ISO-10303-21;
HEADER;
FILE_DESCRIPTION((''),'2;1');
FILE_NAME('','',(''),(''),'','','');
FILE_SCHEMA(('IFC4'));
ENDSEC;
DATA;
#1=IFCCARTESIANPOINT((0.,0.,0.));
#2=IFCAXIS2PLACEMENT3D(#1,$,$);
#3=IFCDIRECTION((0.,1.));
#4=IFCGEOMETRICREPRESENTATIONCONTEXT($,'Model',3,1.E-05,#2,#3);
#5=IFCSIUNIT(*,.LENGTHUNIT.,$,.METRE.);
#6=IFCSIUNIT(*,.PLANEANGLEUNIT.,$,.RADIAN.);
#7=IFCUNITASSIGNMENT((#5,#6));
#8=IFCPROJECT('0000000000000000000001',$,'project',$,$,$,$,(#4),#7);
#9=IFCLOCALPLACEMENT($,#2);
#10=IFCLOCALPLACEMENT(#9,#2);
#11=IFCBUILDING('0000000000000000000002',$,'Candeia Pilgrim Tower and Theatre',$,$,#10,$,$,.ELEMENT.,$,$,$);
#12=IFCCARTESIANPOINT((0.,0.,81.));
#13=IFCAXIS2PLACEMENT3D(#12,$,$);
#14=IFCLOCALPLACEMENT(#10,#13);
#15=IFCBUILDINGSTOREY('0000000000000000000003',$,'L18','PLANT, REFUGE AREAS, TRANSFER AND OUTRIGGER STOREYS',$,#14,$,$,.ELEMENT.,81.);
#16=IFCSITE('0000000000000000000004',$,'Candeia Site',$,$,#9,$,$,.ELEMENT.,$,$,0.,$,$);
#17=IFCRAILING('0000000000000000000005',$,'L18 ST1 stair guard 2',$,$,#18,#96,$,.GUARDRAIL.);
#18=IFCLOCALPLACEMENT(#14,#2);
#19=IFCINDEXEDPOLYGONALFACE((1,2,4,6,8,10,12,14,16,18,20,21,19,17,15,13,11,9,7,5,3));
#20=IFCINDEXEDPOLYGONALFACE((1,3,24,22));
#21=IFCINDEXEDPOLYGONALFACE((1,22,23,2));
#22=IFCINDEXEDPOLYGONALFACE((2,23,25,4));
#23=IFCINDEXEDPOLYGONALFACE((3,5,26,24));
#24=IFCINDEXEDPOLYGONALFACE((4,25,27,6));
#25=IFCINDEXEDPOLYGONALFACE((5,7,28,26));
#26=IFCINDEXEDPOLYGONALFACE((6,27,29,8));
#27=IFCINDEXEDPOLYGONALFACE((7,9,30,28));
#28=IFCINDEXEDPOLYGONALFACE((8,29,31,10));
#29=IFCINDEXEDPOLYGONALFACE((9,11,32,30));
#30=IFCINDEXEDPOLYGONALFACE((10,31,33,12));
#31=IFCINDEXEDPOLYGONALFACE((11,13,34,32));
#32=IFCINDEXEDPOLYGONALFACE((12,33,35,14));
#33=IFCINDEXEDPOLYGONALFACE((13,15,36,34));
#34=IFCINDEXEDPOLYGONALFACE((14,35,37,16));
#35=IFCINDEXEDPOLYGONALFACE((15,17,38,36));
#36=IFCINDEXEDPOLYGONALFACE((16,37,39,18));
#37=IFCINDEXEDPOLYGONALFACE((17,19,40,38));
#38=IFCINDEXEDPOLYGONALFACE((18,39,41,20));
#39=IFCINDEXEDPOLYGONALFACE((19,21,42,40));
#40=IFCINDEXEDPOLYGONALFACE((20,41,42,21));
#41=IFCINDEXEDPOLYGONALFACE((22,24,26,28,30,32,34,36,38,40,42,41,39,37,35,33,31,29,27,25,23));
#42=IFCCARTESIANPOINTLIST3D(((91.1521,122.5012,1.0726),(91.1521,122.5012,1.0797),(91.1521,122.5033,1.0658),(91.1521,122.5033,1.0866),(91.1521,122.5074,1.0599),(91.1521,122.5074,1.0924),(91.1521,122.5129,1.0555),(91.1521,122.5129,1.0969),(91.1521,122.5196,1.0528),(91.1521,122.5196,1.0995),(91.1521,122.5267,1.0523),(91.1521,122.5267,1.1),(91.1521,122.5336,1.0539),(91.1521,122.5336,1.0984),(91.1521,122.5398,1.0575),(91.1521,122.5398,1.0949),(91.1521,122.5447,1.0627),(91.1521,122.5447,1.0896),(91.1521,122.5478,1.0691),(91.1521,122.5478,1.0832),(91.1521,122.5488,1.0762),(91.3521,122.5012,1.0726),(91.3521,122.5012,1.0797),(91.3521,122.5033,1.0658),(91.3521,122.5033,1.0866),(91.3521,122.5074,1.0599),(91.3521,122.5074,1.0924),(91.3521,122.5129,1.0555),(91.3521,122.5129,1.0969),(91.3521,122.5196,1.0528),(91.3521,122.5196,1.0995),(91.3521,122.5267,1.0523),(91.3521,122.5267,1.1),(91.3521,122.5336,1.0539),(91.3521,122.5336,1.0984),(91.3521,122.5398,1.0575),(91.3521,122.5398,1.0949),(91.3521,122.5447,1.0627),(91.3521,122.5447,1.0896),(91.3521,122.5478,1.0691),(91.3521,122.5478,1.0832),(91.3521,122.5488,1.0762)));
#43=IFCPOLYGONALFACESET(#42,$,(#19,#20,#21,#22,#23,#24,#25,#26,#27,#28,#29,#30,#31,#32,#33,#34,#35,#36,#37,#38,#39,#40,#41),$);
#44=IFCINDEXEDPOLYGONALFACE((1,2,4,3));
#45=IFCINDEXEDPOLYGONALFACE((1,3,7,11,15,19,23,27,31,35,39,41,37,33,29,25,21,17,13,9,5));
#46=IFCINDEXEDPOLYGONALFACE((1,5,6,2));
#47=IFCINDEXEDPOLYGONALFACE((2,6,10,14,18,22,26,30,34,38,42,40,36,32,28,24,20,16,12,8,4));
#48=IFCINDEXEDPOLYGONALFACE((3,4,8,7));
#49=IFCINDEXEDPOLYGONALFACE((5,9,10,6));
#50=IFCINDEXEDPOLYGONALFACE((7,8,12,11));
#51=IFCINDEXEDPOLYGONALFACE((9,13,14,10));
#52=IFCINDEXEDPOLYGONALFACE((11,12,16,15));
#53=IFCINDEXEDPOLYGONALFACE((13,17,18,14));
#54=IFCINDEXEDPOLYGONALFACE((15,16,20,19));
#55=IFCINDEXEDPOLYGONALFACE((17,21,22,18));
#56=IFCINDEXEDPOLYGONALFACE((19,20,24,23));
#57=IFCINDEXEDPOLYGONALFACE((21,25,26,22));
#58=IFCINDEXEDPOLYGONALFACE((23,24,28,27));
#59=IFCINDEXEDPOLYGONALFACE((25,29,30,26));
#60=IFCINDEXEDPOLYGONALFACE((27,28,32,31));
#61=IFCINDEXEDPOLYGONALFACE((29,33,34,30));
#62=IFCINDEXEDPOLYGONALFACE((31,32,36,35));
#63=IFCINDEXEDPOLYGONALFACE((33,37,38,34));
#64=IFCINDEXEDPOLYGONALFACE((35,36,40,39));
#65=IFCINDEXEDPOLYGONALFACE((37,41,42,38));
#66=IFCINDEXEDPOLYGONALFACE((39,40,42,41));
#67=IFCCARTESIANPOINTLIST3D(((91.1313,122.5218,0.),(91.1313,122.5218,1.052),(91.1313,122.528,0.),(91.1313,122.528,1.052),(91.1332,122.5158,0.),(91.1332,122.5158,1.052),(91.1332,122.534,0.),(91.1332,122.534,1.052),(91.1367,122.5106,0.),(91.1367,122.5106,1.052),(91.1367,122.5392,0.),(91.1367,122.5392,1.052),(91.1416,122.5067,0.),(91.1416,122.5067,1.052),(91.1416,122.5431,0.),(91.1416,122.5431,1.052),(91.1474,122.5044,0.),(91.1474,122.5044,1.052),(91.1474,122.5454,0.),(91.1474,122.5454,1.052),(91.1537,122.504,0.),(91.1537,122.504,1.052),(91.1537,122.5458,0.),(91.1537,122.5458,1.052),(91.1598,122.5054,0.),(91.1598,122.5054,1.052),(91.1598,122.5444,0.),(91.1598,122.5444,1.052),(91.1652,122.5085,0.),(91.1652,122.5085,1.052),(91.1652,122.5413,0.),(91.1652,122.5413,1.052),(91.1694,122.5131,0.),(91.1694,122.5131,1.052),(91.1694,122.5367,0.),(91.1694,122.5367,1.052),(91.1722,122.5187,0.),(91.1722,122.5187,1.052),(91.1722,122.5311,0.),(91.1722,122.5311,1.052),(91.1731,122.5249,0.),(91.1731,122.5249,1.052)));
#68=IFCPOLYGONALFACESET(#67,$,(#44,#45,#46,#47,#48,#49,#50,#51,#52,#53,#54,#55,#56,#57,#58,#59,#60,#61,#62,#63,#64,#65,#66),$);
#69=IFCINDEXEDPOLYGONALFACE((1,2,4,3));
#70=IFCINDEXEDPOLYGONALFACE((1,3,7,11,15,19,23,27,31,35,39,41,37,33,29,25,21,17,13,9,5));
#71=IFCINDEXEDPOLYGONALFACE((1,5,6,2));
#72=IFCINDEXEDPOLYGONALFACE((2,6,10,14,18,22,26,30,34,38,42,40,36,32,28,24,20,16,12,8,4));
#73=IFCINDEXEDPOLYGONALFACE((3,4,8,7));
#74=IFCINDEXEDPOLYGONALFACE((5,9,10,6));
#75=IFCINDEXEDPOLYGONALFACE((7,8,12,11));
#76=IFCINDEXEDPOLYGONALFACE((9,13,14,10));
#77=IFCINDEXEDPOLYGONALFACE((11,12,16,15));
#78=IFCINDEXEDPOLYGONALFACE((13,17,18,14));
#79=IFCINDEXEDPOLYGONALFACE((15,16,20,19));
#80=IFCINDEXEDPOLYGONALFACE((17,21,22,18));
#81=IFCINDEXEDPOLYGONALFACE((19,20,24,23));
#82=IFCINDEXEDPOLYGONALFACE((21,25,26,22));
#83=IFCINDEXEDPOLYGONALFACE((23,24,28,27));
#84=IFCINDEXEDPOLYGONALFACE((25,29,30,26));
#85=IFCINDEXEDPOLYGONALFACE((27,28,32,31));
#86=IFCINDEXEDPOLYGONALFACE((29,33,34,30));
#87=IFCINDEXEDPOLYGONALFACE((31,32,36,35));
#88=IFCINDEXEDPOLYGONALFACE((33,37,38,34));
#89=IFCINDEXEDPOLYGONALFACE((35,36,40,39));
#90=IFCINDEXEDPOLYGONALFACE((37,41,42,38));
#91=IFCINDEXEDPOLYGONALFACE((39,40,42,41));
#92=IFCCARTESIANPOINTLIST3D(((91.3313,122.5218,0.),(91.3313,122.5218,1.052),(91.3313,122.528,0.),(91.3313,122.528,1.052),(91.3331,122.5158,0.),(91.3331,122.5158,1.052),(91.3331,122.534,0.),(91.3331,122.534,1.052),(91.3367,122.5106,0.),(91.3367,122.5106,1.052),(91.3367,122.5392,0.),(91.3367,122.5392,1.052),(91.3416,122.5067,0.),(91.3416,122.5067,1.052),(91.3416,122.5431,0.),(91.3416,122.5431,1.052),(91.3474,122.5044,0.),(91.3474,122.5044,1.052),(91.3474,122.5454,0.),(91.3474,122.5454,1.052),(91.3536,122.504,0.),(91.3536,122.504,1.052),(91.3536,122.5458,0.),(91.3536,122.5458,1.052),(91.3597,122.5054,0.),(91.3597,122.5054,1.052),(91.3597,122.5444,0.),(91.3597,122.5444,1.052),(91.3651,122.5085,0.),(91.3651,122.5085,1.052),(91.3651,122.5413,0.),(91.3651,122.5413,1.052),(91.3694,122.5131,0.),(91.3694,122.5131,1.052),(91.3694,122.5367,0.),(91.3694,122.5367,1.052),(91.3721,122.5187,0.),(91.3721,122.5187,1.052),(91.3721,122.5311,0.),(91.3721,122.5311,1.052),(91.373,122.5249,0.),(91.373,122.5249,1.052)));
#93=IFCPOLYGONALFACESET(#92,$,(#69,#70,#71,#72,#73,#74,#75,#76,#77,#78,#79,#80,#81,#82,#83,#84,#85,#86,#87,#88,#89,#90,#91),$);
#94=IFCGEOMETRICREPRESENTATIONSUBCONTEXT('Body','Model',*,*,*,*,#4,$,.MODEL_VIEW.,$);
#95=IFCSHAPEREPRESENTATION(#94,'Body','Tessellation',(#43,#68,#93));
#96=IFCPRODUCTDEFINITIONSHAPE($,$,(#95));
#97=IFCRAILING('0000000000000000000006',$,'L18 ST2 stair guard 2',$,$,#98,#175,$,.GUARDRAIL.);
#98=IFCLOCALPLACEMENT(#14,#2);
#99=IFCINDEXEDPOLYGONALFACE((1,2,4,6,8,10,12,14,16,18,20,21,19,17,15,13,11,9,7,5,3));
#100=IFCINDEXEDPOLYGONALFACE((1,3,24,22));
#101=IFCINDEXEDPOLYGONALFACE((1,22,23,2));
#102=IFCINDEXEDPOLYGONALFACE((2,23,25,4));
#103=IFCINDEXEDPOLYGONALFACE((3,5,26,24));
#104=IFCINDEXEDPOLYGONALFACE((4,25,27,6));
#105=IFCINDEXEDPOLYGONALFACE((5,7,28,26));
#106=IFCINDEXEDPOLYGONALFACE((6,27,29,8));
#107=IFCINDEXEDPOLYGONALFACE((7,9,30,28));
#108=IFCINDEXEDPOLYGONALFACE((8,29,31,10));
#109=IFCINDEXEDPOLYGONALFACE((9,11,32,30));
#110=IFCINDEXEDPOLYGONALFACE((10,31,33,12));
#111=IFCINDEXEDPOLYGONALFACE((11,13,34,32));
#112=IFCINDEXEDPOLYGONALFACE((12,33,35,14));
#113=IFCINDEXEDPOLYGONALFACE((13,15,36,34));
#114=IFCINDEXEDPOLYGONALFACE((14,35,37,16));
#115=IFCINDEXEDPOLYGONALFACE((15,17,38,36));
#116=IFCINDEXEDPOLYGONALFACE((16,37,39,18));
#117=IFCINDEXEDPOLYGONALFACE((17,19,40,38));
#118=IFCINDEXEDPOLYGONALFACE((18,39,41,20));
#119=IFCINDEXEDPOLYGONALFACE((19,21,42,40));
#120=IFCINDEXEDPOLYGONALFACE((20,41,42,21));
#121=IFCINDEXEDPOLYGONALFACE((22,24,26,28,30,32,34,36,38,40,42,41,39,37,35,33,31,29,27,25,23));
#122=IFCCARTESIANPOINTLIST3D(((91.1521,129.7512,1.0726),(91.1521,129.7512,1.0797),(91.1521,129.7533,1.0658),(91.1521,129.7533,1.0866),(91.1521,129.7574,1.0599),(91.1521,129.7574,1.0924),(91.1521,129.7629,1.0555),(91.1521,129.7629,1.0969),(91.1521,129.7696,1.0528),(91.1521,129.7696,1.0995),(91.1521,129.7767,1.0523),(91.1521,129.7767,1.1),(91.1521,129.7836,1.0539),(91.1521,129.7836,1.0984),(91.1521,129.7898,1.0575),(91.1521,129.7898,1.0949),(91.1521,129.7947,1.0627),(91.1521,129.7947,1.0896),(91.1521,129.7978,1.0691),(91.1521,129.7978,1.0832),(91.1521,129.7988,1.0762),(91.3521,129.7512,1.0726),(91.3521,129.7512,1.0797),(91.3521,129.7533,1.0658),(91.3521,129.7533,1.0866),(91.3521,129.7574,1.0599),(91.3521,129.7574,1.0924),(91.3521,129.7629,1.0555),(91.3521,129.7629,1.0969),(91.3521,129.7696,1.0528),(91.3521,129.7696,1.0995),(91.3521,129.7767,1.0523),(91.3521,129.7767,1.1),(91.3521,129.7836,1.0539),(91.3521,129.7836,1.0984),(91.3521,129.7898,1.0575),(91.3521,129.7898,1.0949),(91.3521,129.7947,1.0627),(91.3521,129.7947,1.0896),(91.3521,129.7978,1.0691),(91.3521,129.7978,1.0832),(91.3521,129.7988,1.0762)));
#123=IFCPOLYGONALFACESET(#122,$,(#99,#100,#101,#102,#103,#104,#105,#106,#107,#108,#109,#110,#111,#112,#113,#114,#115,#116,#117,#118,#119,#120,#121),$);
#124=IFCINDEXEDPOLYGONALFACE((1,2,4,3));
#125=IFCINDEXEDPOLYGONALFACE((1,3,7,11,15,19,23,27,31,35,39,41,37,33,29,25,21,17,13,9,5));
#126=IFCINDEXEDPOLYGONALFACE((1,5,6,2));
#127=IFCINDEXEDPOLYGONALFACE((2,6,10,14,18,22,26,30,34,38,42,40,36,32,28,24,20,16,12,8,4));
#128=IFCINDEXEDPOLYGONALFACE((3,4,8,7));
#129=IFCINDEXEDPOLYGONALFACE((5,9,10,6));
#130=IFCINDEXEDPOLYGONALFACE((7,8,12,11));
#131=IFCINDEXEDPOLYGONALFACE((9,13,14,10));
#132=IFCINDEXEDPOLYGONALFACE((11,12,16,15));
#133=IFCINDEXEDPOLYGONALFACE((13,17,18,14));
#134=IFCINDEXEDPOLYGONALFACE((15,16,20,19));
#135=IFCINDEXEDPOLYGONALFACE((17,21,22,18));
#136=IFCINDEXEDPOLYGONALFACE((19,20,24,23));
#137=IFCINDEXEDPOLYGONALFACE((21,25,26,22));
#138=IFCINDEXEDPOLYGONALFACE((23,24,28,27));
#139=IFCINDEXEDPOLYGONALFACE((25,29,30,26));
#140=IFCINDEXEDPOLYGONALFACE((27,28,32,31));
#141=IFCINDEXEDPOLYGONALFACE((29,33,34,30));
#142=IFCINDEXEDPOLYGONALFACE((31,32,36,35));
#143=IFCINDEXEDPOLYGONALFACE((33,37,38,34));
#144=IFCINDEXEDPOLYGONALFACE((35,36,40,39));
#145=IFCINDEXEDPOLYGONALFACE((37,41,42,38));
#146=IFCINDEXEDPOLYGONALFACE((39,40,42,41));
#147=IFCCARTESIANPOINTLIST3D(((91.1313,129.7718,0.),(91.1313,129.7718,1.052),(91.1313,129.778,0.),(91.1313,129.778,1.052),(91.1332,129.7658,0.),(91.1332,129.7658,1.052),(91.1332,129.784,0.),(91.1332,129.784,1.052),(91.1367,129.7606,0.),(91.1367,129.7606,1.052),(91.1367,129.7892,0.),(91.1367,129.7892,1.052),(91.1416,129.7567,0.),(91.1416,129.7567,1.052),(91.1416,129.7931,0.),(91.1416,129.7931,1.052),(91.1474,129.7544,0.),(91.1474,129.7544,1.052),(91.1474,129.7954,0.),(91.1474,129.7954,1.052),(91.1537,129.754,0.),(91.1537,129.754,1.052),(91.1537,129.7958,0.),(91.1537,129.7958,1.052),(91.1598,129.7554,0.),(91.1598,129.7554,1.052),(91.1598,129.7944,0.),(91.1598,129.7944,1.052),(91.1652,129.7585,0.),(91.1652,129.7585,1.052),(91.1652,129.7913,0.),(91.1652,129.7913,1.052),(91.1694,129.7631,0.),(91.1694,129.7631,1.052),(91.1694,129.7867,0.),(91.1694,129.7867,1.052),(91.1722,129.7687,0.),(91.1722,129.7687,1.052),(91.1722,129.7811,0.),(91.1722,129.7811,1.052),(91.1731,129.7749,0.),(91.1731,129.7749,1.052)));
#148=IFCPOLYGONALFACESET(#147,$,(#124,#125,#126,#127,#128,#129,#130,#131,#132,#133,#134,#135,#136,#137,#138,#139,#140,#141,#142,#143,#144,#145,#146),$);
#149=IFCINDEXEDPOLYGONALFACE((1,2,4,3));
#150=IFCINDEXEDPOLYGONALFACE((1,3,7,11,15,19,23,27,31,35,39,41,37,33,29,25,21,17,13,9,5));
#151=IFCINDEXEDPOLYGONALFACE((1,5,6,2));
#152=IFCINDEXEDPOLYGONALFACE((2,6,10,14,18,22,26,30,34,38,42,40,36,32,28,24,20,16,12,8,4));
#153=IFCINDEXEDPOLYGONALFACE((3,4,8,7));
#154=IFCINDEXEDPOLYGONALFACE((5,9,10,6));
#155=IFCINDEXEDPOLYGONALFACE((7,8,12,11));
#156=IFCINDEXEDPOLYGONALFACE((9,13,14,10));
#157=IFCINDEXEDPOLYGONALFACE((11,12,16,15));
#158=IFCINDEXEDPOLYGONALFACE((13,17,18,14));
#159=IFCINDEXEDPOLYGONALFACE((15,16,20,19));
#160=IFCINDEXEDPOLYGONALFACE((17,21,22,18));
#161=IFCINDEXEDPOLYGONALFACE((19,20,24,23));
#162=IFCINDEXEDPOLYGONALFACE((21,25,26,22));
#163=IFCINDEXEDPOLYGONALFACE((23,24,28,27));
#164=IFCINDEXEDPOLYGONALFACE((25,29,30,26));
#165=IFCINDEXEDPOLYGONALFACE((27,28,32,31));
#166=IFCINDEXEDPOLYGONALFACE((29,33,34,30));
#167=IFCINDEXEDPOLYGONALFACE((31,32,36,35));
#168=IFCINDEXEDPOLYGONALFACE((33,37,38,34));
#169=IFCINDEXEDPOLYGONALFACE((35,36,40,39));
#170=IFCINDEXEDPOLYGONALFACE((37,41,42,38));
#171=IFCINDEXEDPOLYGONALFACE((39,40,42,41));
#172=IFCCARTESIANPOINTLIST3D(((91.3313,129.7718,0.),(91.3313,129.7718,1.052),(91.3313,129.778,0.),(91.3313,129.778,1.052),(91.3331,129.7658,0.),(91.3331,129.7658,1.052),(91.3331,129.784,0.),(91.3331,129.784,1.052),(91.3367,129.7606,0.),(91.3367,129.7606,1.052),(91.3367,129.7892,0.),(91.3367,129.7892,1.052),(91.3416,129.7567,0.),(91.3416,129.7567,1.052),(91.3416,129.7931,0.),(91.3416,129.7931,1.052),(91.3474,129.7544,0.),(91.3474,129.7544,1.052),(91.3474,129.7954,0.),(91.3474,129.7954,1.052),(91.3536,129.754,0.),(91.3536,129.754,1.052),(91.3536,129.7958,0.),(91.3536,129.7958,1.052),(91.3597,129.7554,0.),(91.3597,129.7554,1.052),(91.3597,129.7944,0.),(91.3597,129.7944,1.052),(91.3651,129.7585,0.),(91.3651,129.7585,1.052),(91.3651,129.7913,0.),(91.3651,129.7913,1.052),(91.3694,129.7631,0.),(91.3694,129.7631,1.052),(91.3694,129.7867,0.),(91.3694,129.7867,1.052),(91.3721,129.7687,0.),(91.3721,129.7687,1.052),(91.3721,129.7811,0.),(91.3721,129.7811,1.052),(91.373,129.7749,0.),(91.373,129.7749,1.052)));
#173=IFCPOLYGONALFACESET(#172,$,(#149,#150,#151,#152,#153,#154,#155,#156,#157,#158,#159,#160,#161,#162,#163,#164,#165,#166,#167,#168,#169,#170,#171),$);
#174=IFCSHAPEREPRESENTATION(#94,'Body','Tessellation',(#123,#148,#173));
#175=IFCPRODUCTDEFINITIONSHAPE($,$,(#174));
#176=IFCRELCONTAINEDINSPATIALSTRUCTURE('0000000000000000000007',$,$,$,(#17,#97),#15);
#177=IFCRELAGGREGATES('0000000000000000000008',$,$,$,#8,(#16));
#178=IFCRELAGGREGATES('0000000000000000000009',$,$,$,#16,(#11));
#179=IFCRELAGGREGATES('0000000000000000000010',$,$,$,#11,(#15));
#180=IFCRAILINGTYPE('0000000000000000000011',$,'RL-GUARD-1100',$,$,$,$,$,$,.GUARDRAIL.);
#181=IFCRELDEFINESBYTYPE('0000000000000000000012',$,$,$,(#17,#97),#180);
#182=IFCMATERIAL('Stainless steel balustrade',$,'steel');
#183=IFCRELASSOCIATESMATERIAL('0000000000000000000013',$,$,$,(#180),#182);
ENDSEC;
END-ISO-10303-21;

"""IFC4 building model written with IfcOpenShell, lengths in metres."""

from ifc_helpers import new_model, si_unit, direction, frame, origin, origin_2d, place, context, subcontext, project, spatial, circle, extrude, material, type_object, element, save


model = new_model("IFC4")

# Units and contexts
model_context = context("Model", 3, precision=1e-05, world=origin(), true_north=direction((0.0, 1.0)))
body_context = subcontext(model_context, "Body", "Model", "MODEL_VIEW")
ifc_project = project(units=[si_unit("LENGTHUNIT", "METRE"), si_unit("PLANEANGLEUNIT", "RADIAN")], contexts=[model_context])

# Site, building, storey
site_placement = place(None, origin())
site = spatial("IfcSite", under=ifc_project, at=site_placement, Name="Candeia Site", CompositionType="ELEMENT", RefElevation=0.0)
building_placement = place(site_placement, origin())
building = spatial("IfcBuilding", under=site, at=building_placement, Name="Candeia Pilgrim Tower and Theatre", CompositionType="ELEMENT")
storey_placement = place(building_placement, frame((0.0, 0.0, 81.0)))
storey = spatial("IfcBuildingStorey", under=building, at=storey_placement, Name="L18", Description="PLANT, REFUGE AREAS, TRANSFER AND OUTRIGGER STOREYS", CompositionType="ELEMENT", Elevation=81.0)

# Shared definitions
ifc_material_1 = material(Name="Stainless steel balustrade", Category="steel")

# Railings
railing_type_1 = type_object("IfcRailingType", Name="RL-GUARD-1100", PredefinedType="GUARDRAIL", material=ifc_material_1)
railing_1_placement = place(storey_placement, frame((91.1521, 122.5249, 0.0)))
element("IfcRailing", 1, at=railing_1_placement, inside=storey, type_object=railing_type_1, Name="L18 ST1 stair guard 2", PredefinedType="GUARDRAIL", context=body_context, shape_type="SweptSolid", body=[
    extrude(circle(Radius=0.0239, at=origin_2d()), frame((0.0, 0.0, 1.0762), z_axis=(1.0, 0.0, 0.0), x_axis=(0.0, 1.0, 0.0)), (0.0, 0.0, 1.0), 0.2),
    extrude(circle(Radius=0.021, at=origin_2d()), origin(), (0.0, 0.0, 1.0), 1.052),
    extrude(circle(Radius=0.021, at=origin_2d()), frame((0.2, 0.0, 0.0)), (0.0, 0.0, 1.0), 1.052),
])
railing_2_placement = place(storey_placement, frame((91.1521, 129.7749, 0.0)))
element("IfcRailing", 2, at=railing_2_placement, inside=storey, type_object=railing_type_1, Name="L18 ST2 stair guard 2", PredefinedType="GUARDRAIL", context=body_context, shape_type="SweptSolid", body=[
    extrude(circle(Radius=0.0239, at=origin_2d()), frame((0.0, 0.0, 1.0762), z_axis=(1.0, 0.0, 0.0), x_axis=(0.0, 1.0, 0.0)), (0.0, 0.0, 1.0), 0.2),
    extrude(circle(Radius=0.021, at=origin_2d()), origin(), (0.0, 0.0, 1.0), 1.052),
    extrude(circle(Radius=0.021, at=origin_2d()), frame((0.2, 0.0, 0.0)), (0.0, 0.0, 1.0), 1.052),
])

save(model, "model.ifc")
